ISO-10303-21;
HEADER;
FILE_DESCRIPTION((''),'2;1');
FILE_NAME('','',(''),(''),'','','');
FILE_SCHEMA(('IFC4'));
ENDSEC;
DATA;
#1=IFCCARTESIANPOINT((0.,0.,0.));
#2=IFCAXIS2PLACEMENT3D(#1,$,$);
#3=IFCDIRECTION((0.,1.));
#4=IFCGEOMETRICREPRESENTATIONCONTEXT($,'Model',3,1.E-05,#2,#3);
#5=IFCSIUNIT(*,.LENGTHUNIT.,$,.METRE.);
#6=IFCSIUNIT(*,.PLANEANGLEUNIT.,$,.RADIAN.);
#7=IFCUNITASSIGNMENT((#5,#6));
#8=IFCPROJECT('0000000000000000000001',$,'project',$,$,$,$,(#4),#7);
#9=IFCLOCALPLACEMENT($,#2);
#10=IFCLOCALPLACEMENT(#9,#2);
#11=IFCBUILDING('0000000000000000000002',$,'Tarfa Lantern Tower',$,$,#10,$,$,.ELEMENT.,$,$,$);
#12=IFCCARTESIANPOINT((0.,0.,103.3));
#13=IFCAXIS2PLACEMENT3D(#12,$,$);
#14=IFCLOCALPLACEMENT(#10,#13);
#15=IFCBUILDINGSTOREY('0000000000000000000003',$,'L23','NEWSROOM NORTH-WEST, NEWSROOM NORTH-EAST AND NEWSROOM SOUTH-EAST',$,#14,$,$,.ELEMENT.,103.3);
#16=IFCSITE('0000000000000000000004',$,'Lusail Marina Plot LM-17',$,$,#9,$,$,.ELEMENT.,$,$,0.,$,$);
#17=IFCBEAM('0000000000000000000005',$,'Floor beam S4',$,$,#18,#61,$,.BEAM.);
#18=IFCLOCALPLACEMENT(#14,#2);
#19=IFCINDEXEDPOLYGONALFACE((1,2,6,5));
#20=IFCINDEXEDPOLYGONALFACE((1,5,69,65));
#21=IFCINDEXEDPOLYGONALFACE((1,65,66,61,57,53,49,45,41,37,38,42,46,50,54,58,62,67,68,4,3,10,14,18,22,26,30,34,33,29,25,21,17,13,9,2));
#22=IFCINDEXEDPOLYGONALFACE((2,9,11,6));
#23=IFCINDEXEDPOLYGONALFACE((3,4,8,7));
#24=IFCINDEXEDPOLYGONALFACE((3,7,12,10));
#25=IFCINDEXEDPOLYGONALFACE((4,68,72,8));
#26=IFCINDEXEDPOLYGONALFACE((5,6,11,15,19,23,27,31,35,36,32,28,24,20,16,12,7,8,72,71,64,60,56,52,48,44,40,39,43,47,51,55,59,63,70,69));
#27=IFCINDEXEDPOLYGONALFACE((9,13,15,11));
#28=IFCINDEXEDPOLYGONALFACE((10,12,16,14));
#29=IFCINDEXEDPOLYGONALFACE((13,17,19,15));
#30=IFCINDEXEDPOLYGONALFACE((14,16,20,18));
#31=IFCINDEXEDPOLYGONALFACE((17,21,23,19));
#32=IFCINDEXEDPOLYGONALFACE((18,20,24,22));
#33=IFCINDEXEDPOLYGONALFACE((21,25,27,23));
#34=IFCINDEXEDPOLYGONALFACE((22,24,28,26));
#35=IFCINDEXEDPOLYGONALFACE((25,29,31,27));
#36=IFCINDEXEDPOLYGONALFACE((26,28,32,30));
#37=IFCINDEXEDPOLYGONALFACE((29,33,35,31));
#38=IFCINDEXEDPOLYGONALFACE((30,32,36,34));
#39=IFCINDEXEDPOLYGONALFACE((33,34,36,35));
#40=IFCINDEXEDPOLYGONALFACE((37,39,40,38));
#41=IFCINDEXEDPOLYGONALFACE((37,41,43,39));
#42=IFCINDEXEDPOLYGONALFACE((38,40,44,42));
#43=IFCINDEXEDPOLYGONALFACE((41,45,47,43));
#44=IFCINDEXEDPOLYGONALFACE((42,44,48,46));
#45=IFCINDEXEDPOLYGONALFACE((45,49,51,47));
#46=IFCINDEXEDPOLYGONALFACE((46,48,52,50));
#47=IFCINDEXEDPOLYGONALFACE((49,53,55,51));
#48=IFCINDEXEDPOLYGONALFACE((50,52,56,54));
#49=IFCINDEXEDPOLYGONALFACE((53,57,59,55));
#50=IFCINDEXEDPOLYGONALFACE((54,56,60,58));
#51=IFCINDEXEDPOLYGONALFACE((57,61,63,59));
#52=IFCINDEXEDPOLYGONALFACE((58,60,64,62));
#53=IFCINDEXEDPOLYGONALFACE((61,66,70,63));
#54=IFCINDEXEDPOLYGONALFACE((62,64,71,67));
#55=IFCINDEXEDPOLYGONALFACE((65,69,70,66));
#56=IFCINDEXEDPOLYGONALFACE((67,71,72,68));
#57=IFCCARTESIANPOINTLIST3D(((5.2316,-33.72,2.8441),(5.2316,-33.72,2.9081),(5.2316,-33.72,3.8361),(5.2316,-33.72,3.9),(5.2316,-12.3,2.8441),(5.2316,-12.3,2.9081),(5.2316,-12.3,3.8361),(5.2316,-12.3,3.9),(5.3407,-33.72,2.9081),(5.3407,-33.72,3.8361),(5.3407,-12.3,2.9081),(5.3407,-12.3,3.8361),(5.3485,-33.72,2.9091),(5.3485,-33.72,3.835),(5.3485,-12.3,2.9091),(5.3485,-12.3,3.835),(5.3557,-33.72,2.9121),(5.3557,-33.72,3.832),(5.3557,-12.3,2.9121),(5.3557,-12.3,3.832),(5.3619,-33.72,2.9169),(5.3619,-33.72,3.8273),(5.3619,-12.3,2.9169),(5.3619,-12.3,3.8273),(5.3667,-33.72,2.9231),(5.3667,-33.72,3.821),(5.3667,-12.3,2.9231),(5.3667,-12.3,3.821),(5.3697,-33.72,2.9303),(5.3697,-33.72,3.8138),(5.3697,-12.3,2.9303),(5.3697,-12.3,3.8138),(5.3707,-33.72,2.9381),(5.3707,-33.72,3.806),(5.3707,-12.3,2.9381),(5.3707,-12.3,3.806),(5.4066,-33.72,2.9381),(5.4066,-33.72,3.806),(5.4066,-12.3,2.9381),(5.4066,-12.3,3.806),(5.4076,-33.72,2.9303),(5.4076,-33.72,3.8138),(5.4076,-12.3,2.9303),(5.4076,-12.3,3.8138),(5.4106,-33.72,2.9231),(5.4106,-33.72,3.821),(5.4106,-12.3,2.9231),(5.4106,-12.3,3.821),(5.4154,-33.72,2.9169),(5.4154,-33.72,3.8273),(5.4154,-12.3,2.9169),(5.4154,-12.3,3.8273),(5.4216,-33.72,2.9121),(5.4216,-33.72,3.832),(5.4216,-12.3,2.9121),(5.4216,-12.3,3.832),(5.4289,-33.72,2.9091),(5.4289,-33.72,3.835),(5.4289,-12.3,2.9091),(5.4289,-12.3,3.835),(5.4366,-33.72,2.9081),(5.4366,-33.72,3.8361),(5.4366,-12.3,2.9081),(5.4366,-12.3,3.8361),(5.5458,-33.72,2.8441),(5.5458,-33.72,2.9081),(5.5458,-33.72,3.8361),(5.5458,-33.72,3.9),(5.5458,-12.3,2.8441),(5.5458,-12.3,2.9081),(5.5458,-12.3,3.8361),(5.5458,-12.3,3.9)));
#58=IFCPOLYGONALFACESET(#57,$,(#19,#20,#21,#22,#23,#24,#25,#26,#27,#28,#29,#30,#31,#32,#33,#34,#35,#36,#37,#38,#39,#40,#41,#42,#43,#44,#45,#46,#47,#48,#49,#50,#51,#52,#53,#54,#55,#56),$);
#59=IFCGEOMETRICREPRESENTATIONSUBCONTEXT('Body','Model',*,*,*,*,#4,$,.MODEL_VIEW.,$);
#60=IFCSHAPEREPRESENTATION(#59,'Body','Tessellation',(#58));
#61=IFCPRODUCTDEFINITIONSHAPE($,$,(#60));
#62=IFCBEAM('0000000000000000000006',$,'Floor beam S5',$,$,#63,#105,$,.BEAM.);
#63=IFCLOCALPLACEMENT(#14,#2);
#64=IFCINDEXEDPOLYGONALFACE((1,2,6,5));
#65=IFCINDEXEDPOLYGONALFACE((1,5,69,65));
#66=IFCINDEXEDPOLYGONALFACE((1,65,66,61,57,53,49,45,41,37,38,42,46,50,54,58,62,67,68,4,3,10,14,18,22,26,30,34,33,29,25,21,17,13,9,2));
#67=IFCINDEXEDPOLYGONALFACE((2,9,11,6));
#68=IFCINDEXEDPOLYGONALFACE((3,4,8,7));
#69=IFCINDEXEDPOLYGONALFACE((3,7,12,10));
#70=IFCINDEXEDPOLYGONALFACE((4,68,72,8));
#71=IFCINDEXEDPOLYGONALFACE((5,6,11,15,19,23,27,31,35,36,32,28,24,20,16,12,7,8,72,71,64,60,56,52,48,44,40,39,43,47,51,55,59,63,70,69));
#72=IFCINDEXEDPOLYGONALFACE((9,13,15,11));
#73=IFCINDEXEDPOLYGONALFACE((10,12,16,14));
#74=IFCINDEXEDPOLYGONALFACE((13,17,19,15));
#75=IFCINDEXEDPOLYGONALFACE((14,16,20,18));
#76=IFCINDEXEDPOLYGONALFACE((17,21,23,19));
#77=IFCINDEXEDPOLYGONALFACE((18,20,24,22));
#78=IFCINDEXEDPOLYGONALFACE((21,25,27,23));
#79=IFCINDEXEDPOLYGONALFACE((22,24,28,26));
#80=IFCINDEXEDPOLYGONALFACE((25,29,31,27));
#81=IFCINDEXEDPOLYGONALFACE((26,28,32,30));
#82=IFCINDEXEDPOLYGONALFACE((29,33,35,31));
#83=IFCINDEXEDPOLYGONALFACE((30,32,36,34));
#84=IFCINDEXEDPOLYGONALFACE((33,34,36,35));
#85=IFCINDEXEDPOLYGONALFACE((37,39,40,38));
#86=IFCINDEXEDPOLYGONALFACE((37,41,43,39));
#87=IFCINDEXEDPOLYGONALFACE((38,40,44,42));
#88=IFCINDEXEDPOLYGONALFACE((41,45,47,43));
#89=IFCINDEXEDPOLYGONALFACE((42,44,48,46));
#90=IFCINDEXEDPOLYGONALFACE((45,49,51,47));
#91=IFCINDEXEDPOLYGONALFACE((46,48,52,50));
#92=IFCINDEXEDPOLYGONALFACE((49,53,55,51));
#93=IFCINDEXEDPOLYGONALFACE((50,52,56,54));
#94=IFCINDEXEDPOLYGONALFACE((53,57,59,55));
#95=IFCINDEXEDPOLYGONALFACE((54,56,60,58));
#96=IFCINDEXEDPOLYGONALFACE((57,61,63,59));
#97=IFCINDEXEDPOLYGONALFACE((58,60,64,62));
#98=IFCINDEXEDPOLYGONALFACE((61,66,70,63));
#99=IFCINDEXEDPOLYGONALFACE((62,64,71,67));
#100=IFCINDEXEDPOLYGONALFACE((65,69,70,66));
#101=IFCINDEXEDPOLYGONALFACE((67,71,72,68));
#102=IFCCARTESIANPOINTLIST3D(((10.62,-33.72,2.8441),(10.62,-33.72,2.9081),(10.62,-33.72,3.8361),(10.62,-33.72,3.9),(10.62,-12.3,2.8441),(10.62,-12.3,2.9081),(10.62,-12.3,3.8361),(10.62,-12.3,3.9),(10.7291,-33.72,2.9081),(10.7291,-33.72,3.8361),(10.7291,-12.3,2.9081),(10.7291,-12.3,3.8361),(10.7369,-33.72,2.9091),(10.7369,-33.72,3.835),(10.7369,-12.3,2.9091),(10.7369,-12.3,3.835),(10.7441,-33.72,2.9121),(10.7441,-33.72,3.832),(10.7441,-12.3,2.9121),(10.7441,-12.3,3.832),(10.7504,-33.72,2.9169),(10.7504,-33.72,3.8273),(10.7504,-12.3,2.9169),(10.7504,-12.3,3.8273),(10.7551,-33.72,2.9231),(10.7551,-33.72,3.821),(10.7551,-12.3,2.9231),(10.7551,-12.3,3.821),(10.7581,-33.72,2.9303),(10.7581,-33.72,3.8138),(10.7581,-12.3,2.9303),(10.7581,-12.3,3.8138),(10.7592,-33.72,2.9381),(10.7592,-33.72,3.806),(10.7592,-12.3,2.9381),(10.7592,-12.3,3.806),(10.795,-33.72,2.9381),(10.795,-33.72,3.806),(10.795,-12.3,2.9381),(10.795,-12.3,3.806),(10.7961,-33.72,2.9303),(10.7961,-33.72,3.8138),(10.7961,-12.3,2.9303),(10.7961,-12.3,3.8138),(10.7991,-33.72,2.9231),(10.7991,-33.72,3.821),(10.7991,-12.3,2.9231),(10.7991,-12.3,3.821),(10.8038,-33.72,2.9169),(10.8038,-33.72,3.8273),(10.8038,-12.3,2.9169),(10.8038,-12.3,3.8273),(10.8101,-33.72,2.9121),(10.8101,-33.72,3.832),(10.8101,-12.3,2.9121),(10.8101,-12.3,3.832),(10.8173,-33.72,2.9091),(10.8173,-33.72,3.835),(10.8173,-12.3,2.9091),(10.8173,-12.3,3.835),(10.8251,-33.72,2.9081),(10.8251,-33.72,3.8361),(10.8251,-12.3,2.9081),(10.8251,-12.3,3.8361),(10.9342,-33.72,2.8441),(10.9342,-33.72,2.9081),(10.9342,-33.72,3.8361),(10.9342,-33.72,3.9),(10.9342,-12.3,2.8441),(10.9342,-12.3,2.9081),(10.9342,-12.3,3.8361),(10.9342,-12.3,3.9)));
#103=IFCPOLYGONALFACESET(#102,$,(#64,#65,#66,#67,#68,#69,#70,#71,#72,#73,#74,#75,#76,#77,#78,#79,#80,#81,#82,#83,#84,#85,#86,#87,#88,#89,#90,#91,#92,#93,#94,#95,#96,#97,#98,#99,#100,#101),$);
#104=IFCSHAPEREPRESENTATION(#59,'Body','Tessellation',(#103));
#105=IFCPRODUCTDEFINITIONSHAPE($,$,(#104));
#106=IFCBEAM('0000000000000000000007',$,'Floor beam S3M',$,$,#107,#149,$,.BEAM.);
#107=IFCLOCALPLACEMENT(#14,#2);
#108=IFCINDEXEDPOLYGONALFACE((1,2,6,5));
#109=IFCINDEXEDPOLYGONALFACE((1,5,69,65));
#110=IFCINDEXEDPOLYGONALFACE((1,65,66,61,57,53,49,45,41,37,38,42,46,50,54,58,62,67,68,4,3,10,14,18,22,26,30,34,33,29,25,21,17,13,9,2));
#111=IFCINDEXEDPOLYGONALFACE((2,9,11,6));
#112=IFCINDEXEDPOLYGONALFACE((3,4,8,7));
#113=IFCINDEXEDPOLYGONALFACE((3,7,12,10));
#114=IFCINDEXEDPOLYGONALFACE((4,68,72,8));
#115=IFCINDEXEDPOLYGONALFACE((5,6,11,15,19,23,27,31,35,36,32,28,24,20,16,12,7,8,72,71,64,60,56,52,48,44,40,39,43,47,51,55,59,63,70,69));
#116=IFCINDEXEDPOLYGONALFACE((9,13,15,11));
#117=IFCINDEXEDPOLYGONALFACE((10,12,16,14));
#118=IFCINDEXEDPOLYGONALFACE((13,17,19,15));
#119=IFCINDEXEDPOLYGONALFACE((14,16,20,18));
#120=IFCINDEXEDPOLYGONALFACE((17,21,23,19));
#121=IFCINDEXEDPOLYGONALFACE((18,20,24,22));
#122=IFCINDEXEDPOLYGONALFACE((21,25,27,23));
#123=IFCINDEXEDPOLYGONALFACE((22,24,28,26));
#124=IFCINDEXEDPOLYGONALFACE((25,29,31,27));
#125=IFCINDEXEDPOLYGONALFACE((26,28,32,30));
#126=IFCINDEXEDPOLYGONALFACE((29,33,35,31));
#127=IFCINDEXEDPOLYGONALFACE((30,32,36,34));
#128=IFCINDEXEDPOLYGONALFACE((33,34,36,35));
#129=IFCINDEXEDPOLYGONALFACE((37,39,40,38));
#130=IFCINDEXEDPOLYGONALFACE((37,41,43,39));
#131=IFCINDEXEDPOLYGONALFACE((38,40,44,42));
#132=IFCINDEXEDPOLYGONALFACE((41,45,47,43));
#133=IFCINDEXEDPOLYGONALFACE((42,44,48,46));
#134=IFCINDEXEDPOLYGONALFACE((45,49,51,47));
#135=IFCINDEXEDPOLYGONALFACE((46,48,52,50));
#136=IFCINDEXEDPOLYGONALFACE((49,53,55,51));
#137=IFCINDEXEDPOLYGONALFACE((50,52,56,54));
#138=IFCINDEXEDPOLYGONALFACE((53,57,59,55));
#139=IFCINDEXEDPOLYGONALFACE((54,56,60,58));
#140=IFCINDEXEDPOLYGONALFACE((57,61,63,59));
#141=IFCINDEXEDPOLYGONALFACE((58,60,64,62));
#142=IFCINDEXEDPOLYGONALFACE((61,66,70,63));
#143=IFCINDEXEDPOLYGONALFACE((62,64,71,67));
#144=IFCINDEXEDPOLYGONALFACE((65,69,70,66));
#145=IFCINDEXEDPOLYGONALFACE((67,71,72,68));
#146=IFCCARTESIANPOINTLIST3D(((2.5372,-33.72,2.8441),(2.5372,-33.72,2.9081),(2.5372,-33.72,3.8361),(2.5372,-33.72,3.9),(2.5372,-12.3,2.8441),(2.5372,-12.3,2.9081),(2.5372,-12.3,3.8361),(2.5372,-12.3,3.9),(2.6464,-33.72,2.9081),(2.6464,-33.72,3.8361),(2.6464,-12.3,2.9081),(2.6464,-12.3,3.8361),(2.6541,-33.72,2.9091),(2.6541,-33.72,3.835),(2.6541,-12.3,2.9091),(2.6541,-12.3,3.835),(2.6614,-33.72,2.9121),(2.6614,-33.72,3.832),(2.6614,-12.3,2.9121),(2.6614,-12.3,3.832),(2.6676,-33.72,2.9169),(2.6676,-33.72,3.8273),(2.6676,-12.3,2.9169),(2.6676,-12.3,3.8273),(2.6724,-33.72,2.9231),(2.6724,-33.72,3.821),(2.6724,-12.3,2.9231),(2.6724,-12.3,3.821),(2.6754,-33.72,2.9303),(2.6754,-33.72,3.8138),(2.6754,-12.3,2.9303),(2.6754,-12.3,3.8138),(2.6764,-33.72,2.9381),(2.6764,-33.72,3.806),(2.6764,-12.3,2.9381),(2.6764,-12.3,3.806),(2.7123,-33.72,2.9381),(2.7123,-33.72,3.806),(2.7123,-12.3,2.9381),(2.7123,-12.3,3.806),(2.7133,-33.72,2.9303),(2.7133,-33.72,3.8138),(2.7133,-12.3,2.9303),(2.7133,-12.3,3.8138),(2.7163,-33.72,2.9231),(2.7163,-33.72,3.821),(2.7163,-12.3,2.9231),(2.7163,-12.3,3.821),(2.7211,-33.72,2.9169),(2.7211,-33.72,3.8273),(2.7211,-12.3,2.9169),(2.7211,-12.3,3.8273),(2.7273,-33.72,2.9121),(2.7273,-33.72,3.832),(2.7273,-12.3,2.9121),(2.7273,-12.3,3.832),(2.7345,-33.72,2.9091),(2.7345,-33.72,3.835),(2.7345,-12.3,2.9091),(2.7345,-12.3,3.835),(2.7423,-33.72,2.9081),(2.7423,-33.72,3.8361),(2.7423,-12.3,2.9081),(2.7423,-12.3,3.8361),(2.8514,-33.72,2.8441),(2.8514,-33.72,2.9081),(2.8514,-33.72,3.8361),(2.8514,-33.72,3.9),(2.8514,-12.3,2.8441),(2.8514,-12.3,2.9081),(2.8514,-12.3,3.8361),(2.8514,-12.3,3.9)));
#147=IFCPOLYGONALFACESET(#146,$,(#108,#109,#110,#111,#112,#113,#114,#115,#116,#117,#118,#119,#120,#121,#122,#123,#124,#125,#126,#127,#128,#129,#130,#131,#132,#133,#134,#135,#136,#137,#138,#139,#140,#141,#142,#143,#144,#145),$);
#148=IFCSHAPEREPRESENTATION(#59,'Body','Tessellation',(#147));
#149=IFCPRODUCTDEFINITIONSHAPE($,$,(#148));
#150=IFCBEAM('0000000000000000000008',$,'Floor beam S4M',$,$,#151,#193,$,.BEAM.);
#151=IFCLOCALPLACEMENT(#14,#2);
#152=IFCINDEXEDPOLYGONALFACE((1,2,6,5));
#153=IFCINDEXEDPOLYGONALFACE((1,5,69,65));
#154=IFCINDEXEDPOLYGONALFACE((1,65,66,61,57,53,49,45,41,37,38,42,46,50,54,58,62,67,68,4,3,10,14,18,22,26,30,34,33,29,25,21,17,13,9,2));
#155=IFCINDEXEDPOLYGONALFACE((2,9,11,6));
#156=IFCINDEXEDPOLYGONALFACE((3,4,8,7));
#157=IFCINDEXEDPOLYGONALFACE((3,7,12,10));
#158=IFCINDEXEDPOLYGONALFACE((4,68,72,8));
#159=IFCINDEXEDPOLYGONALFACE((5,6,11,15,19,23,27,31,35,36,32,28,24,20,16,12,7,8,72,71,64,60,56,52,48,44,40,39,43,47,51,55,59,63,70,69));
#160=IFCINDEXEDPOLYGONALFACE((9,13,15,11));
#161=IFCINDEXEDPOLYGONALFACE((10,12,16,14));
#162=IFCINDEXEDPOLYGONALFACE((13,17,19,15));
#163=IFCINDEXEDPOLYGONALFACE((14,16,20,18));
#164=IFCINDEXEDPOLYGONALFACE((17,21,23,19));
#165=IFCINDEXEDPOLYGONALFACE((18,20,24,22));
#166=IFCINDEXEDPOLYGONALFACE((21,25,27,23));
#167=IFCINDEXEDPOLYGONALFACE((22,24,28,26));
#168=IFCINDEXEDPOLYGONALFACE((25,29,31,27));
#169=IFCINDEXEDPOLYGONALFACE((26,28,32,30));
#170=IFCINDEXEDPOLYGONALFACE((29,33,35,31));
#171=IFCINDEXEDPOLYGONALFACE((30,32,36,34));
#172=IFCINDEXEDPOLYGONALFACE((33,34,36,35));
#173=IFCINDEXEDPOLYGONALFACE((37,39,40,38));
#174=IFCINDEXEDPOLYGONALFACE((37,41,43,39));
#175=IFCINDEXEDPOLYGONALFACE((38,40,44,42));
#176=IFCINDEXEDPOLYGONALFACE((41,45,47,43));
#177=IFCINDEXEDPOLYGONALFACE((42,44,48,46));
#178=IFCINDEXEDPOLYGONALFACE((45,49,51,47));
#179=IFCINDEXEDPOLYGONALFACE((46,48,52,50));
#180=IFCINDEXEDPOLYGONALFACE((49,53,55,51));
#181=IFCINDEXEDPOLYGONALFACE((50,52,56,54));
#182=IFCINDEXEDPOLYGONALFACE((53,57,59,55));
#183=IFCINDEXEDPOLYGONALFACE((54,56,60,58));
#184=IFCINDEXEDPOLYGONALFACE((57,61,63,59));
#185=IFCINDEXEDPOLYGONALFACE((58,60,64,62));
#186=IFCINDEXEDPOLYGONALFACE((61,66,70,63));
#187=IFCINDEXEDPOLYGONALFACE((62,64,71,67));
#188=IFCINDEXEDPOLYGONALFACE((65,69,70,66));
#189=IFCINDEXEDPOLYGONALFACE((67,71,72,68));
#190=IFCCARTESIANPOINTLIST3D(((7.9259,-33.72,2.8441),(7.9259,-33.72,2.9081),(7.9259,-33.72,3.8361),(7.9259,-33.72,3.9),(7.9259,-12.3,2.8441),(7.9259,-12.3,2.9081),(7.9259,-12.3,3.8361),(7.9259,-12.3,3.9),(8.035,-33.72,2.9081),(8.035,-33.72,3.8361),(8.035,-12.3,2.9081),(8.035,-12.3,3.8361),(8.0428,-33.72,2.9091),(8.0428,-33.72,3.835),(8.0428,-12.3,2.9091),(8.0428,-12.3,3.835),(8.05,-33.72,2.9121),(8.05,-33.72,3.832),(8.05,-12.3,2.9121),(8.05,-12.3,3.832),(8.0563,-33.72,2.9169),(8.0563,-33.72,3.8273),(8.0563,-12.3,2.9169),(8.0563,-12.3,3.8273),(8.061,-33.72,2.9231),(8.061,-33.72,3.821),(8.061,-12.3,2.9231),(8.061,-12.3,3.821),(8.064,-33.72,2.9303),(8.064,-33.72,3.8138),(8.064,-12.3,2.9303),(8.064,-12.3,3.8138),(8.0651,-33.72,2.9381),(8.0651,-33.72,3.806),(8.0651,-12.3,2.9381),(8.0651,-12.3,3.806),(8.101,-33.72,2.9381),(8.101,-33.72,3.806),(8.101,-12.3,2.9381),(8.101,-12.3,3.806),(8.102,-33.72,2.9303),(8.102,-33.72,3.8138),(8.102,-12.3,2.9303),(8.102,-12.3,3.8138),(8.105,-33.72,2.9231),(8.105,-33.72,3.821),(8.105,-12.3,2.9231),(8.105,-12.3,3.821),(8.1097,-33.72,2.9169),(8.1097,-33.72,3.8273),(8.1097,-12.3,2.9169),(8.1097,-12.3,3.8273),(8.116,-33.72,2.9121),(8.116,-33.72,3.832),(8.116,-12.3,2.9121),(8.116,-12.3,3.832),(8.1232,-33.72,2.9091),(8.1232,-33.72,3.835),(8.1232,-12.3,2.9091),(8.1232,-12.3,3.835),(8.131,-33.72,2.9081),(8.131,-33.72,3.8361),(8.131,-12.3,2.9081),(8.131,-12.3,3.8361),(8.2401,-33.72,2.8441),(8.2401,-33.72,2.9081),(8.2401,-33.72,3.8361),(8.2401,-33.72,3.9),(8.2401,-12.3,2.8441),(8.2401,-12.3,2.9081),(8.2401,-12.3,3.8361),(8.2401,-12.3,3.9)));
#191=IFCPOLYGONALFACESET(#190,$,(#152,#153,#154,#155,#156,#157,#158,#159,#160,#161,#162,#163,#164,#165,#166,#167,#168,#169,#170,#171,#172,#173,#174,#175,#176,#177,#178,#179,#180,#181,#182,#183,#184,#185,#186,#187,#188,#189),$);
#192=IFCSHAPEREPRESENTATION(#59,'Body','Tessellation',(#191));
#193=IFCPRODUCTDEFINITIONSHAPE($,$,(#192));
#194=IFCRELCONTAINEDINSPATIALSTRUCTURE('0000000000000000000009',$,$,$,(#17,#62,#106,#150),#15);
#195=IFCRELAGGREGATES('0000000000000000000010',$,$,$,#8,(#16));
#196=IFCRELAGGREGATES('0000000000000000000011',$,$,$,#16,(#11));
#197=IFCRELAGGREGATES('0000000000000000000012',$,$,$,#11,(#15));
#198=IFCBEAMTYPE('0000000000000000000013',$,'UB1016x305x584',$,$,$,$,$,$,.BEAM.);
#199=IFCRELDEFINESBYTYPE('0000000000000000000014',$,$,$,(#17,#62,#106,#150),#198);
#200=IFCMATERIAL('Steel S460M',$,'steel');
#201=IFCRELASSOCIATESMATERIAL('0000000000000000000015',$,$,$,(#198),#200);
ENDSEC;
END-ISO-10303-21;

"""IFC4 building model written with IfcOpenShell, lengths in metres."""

from ifc_helpers import new_model, si_unit, direction, frame, origin, origin_2d, place, context, subcontext, project, spatial, i_section, extrude, material, material_profile, profile_set, type_object, element, save


model = new_model("IFC4")

# Units and contexts
model_context = context("Model", 3, precision=1e-05, world=origin(), true_north=direction((0.0, 1.0)))
body_context = subcontext(model_context, "Body", "Model", "MODEL_VIEW")
ifc_project = project(units=[si_unit("LENGTHUNIT", "METRE"), si_unit("PLANEANGLEUNIT", "RADIAN")], contexts=[model_context])

# Site, building, storey
site_placement = place(None, origin())
site = spatial("IfcSite", under=ifc_project, at=site_placement, Name="Lusail Marina Plot LM-17", CompositionType="ELEMENT", RefElevation=0.0)
building_placement = place(site_placement, origin())
building = spatial("IfcBuilding", under=site, at=building_placement, Name="Tarfa Lantern Tower", CompositionType="ELEMENT")
storey_placement = place(building_placement, frame((0.0, 0.0, 103.3)))
storey = spatial("IfcBuildingStorey", under=building, at=storey_placement, Name="L23", Description="NEWSROOM NORTH-WEST, NEWSROOM NORTH-EAST AND NEWSROOM SOUTH-EAST", CompositionType="ELEMENT", Elevation=103.3)

# Beams
ifc_material_1 = material(Name="Steel S460M", Category="steel")
ifc_material_profile_1 = material_profile(ifc_material_1, i_section(OverallWidth=0.3142, OverallDepth=1.0559, WebThickness=0.0359, FlangeThickness=0.064, FilletRadius=0.03, at=origin_2d()), Name="UB1016x305x584")
ifc_profile_set_1 = profile_set([ifc_material_profile_1], Name="Steel S460M")
beam_type_1 = type_object("IfcBeamType", Name="UB1016x305x584", PredefinedType="BEAM", material=ifc_profile_set_1)
for number, where, z_axis, x_axis, name in (
    (1, (5.3887, -33.72, 3.3721), (0.0, 1.0, 0.0), (-1.0, 0.0, 0.0), "Floor beam S4"),
    (2, (10.7771, -33.72, 3.3721), (0.0, 1.0, 0.0), (-1.0, 0.0, 0.0), "Floor beam S5"),
    (3, (2.6943, -33.72, 3.3721), (0.0, 1.0, 0.0), (-1.0, 0.0, 0.0), "Floor beam S3M"),
    (4, (8.083, -33.72, 3.3721), (0.0, 1.0, 0.0), (-1.0, 0.0, 0.0), "Floor beam S4M"),
):
    element("IfcBeam", number, at=place(storey_placement, frame(where, z_axis=z_axis, x_axis=x_axis)), inside=storey, type_object=beam_type_1, Name=name, PredefinedType="BEAM", context=body_context, shape_type="SweptSolid", body=[
        extrude(i_section(OverallWidth=0.3142, OverallDepth=1.0559, WebThickness=0.0359, FlangeThickness=0.064, FilletRadius=0.03, at=origin_2d()), origin(), (0.0, 0.0, 1.0), 21.4199),
    ])

save(model, "model.ifc")
